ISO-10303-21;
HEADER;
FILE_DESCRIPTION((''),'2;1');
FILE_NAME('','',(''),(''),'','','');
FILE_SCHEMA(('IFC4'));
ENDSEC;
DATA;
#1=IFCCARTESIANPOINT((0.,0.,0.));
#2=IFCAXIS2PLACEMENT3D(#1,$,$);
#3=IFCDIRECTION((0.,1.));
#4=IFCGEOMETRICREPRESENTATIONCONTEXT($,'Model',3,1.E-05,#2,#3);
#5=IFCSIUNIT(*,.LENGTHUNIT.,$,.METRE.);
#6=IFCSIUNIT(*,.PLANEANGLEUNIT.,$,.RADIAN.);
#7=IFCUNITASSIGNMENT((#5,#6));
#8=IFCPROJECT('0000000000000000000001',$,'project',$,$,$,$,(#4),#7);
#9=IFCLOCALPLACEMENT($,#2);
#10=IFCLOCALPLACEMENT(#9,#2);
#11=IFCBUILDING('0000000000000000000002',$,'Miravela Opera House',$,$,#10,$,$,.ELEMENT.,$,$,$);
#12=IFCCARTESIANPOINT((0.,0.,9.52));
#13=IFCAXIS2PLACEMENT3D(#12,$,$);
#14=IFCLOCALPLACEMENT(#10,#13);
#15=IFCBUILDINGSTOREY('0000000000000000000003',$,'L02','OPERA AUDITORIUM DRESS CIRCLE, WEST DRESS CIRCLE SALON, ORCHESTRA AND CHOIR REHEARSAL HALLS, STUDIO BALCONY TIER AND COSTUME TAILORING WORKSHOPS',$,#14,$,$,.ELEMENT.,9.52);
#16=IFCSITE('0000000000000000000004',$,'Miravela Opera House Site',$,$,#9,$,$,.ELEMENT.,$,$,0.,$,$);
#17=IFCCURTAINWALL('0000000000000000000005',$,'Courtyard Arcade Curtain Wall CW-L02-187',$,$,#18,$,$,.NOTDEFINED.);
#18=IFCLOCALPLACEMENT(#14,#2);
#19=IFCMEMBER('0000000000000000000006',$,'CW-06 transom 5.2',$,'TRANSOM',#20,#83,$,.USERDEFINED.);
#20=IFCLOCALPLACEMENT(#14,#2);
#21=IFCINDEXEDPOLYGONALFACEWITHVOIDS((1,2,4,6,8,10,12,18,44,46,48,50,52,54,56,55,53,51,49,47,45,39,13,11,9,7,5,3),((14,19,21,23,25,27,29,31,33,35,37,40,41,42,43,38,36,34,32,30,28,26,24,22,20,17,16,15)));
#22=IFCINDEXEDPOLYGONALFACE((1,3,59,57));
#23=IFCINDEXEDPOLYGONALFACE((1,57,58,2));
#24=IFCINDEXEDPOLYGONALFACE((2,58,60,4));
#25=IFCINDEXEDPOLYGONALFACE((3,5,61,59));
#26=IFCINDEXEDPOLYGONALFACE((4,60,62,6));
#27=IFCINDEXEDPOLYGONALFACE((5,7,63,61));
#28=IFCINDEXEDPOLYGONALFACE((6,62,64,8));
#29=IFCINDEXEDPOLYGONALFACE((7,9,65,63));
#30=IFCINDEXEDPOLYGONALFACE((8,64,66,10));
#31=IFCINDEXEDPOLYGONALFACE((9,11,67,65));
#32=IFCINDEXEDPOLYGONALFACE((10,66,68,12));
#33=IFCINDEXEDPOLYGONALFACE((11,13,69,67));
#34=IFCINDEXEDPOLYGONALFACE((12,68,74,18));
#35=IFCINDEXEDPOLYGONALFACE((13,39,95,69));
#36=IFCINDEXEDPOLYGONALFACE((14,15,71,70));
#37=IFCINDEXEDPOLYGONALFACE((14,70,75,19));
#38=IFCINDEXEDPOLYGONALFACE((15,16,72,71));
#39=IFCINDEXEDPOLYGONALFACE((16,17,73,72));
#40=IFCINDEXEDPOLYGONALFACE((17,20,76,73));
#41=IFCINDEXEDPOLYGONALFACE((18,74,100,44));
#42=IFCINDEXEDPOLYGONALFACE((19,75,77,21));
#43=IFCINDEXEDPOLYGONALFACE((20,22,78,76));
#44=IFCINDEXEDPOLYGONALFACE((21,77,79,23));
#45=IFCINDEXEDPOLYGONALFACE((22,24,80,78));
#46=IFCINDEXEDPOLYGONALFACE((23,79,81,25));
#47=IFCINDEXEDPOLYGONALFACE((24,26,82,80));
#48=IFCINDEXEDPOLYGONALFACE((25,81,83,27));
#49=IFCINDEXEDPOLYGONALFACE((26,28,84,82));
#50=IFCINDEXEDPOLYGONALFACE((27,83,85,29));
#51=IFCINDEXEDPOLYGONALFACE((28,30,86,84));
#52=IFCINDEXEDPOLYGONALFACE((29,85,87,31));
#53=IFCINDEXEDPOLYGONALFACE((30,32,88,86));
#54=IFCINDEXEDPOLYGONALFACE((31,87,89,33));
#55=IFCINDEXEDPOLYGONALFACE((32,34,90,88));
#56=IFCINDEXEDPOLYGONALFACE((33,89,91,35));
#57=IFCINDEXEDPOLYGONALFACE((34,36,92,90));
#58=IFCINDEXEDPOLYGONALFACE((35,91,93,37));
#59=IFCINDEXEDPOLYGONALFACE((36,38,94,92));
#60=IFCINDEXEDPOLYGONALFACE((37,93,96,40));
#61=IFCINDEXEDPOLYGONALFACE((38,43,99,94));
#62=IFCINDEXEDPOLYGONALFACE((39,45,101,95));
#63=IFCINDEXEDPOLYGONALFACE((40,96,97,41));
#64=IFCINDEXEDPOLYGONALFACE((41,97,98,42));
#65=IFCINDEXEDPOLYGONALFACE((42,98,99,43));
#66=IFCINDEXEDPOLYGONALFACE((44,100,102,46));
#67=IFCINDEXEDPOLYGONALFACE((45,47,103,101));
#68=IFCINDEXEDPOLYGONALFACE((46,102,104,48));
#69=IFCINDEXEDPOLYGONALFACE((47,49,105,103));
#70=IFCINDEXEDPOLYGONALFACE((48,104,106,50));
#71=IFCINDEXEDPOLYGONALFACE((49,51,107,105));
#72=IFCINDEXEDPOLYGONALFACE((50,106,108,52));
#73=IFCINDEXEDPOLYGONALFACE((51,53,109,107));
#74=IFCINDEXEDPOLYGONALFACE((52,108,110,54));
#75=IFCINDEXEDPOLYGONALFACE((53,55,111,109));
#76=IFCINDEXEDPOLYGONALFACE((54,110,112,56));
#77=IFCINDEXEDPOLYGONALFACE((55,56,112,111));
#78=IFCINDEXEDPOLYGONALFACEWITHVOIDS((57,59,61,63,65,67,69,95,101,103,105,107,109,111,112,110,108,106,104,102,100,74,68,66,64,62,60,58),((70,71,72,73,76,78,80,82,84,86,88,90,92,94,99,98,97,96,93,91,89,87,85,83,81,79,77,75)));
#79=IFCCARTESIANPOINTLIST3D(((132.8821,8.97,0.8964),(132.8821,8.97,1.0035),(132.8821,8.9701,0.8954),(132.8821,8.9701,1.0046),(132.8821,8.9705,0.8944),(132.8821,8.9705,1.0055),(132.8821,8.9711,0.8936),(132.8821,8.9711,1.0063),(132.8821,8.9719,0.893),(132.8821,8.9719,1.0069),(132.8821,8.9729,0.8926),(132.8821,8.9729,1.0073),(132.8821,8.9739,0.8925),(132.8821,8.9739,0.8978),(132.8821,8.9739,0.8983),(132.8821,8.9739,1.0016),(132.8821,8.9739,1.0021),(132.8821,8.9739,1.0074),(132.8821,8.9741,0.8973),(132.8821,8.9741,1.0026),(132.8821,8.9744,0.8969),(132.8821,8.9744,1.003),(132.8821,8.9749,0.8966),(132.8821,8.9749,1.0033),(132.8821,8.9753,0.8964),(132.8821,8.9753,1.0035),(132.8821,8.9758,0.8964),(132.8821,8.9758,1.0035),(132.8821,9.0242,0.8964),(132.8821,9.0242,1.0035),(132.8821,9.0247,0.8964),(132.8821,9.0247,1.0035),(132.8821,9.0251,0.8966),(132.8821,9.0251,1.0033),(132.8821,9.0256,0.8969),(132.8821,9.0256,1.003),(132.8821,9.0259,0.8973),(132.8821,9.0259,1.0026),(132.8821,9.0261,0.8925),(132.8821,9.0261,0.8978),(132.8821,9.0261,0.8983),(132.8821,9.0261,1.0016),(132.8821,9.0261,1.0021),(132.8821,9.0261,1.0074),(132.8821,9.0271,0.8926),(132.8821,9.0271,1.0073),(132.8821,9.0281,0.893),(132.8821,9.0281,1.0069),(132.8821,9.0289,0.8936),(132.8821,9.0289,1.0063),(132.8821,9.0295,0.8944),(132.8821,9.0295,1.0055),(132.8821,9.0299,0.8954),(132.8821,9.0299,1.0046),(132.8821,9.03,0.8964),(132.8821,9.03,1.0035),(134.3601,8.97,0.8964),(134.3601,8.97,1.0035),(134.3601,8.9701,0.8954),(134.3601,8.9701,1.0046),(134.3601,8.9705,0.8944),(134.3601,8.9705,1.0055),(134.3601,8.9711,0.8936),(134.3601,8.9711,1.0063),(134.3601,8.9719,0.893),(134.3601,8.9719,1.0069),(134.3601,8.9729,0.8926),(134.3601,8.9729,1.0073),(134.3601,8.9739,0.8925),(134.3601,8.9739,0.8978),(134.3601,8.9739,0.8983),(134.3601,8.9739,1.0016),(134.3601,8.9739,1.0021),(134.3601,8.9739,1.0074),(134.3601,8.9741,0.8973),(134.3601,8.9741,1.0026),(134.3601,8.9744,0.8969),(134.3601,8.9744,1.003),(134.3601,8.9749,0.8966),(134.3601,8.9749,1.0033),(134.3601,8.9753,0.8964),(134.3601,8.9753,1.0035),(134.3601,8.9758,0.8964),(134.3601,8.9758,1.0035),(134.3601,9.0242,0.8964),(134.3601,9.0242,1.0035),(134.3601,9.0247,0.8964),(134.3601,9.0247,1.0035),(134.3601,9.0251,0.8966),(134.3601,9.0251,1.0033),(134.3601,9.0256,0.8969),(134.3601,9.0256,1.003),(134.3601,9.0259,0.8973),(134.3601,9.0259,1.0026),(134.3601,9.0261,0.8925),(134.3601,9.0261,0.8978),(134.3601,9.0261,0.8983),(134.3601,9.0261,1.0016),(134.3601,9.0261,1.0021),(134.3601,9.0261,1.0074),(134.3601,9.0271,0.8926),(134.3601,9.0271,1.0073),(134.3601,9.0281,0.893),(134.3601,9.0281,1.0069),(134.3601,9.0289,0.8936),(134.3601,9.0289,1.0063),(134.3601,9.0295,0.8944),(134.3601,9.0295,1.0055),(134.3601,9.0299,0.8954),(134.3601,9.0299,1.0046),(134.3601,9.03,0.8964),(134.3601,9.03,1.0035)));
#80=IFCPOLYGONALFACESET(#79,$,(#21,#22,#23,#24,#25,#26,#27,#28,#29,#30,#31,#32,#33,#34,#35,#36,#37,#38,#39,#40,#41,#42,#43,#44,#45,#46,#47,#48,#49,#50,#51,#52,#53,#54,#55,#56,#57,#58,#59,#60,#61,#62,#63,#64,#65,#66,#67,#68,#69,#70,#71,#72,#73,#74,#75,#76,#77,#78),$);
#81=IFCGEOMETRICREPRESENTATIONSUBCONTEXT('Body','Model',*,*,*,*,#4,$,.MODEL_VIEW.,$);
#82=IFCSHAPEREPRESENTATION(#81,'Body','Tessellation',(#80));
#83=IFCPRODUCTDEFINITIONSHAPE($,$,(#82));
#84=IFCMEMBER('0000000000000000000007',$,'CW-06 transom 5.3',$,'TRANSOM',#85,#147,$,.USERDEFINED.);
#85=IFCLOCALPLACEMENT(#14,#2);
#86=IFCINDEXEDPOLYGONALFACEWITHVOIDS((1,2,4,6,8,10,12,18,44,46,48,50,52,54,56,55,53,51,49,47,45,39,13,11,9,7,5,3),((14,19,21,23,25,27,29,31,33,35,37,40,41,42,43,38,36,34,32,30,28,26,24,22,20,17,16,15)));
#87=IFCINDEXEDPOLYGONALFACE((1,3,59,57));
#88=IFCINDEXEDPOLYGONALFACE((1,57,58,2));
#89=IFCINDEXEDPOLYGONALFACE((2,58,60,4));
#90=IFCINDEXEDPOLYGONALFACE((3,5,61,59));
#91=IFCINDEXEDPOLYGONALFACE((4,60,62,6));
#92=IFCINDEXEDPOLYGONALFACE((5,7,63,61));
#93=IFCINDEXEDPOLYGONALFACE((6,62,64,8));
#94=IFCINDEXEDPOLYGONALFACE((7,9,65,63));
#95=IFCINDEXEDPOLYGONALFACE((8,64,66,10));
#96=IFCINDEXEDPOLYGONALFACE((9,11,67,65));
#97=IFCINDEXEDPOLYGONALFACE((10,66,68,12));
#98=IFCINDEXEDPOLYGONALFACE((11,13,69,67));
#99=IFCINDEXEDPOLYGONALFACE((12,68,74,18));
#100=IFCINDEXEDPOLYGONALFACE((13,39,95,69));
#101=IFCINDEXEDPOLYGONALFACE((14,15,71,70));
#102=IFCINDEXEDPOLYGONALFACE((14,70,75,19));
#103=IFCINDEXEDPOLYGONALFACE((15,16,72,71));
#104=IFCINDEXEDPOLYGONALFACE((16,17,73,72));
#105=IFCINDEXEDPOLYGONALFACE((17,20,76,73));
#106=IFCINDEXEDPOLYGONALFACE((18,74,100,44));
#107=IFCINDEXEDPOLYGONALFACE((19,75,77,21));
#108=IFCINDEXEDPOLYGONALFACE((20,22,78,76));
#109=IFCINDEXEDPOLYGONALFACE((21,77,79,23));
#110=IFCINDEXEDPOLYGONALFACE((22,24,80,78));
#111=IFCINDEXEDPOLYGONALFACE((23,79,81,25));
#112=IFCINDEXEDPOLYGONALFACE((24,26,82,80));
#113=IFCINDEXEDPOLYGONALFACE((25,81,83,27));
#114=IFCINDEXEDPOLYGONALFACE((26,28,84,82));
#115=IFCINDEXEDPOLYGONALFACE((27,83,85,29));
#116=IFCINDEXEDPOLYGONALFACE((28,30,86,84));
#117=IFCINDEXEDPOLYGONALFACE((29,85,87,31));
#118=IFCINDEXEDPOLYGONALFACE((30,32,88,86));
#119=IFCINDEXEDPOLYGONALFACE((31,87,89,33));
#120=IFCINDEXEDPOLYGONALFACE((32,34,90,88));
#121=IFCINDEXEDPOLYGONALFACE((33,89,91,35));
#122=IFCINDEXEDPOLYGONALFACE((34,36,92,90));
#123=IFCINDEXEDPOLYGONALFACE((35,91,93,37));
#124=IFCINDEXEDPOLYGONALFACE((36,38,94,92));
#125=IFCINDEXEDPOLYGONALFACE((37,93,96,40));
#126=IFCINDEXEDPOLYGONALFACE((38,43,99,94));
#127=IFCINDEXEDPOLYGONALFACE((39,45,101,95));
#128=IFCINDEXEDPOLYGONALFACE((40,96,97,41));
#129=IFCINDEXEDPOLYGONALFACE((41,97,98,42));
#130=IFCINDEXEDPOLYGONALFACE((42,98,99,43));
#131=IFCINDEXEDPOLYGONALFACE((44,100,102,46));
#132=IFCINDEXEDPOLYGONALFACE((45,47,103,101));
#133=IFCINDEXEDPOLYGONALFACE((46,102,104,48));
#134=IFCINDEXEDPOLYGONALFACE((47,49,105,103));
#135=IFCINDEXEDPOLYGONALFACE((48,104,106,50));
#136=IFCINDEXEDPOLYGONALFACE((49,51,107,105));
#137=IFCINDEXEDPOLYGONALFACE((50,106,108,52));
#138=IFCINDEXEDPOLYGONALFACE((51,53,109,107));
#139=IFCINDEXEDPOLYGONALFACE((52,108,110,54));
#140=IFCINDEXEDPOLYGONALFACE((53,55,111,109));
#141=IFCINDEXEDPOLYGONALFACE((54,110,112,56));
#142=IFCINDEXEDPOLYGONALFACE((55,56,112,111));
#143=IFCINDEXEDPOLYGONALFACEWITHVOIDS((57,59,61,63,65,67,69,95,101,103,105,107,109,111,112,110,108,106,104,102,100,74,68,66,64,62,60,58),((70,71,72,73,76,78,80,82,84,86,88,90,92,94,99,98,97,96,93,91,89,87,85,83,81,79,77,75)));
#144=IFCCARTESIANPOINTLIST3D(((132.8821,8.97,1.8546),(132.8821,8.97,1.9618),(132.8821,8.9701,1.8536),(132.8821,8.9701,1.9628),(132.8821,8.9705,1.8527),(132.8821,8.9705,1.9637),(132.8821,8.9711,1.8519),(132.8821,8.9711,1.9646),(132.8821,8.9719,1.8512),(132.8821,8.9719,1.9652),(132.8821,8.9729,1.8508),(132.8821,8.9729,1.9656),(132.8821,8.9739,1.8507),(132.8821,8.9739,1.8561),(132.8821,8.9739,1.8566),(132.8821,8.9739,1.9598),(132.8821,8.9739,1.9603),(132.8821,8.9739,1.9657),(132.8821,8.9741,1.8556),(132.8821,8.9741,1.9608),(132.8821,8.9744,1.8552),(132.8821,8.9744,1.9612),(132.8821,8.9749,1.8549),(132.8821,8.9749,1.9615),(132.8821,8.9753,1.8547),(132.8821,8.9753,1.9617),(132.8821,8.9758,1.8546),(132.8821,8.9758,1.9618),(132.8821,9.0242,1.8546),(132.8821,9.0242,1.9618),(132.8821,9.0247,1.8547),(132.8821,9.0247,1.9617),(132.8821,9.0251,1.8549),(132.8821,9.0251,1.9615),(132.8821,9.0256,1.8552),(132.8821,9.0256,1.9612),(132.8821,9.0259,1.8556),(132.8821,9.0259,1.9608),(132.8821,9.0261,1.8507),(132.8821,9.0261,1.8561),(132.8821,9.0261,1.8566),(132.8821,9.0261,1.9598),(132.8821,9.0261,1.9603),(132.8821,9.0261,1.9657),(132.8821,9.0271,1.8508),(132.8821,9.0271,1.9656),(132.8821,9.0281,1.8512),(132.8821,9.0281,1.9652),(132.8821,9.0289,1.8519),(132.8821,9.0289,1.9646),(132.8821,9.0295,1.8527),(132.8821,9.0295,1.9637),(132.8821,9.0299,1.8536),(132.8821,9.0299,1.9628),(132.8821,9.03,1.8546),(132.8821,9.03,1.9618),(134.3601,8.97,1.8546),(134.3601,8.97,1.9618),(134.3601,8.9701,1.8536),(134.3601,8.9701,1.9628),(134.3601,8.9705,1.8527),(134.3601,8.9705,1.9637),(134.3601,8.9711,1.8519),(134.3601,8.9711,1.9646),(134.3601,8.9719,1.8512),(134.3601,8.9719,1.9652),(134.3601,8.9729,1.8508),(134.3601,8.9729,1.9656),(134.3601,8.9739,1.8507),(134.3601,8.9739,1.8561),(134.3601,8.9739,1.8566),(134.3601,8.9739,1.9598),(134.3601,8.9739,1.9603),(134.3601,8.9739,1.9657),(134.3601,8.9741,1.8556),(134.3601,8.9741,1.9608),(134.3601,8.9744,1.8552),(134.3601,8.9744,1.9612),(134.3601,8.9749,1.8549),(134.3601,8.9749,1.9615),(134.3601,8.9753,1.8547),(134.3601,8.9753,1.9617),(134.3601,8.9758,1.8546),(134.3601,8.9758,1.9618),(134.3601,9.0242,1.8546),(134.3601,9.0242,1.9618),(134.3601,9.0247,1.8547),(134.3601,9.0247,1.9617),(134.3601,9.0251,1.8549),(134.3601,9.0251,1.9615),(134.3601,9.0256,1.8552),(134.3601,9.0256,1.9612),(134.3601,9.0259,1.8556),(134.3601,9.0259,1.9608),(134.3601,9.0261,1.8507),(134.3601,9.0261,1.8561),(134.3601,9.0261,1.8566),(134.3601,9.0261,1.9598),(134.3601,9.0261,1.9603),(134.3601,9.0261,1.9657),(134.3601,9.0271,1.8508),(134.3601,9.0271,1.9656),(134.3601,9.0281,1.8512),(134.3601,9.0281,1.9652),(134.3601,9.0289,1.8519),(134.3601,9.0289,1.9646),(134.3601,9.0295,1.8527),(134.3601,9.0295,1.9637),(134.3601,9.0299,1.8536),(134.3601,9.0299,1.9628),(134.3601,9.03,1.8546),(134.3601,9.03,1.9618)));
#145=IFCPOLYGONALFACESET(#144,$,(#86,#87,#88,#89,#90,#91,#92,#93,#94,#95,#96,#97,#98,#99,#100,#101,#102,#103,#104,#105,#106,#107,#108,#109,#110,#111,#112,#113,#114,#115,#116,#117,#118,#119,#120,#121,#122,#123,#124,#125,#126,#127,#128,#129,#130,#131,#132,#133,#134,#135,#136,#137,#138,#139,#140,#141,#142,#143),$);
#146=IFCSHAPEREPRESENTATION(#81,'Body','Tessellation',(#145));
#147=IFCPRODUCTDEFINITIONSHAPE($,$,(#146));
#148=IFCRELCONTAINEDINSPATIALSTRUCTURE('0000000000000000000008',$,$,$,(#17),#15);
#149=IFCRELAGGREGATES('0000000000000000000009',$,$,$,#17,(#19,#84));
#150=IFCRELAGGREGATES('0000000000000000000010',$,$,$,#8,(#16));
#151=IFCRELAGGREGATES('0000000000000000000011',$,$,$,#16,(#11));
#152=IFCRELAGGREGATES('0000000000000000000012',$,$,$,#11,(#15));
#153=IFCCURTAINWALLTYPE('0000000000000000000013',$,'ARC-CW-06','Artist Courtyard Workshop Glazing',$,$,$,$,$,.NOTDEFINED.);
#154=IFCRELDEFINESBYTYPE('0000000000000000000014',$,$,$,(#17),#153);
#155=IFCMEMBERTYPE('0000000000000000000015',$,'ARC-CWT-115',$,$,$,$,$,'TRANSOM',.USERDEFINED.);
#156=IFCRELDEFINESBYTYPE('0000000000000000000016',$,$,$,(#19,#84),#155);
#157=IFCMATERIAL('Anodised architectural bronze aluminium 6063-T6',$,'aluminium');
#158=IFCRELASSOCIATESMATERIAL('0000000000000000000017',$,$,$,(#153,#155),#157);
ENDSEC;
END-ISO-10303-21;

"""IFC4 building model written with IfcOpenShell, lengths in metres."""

from ifc_helpers import new_model, si_unit, direction, frame, origin, origin_2d, place, context, subcontext, project, spatial, hollow_rectangle, extrude, material, material_profile, profile_set, type_object, element, aggregate, save


model = new_model("IFC4")

# Units and contexts
model_context = context("Model", 3, precision=1e-05, world=origin(), true_north=direction((0.0, 1.0)))
body_context = subcontext(model_context, "Body", "Model", "MODEL_VIEW")
ifc_project = project(units=[si_unit("LENGTHUNIT", "METRE"), si_unit("PLANEANGLEUNIT", "RADIAN")], contexts=[model_context])

# Site, building, storey
site_placement = place(None, origin())
site = spatial("IfcSite", under=ifc_project, at=site_placement, Name="Miravela Opera House Site", CompositionType="ELEMENT", RefElevation=0.0)
building_placement = place(site_placement, origin())
building = spatial("IfcBuilding", under=site, at=building_placement, Name="Miravela Opera House", CompositionType="ELEMENT")
storey_placement = place(building_placement, frame((0.0, 0.0, 9.52)))
storey = spatial("IfcBuildingStorey", under=building, at=storey_placement, Name="L02", Description="OPERA AUDITORIUM DRESS CIRCLE, WEST DRESS CIRCLE SALON, ORCHESTRA AND CHOIR REHEARSAL HALLS, STUDIO BALCONY TIER AND COSTUME TAILORING WORKSHOPS", CompositionType="ELEMENT", Elevation=9.52)

# Curtain wall
ifc_material_1 = material(Name="Anodised architectural bronze aluminium 6063-T6", Category="aluminium")
curtain_wall_type = type_object("IfcCurtainWallType", Name="ARC-CW-06", Description="Artist Courtyard Workshop Glazing", PredefinedType="NOTDEFINED", material=ifc_material_1)
curtain_wall_1_placement = place(storey_placement, origin())
curtain_wall_1 = element("IfcCurtainWall", 1, at=curtain_wall_1_placement, inside=storey, type_object=curtain_wall_type, Name="Courtyard Arcade Curtain Wall CW-L02-187", PredefinedType="NOTDEFINED")

# Members
ifc_material_profile_1 = material_profile(ifc_material_1, hollow_rectangle(XDim=0.0601, YDim=0.115, WallThickness=0.0039, InnerFilletRadius=0.002, OuterFilletRadius=0.0039, at=origin_2d()), Name="CWT-60X115")
ifc_profile_set_1 = profile_set([ifc_material_profile_1])
member_type_1 = type_object("IfcMemberType", Name="ARC-CWT-115", ElementType="TRANSOM", PredefinedType="USERDEFINED", material=ifc_profile_set_1)
member_1_placement = place(storey_placement, frame((132.8821, 9.0, 0.95), z_axis=(1.0, 0.0, 0.0), x_axis=(0.0, 1.0, 0.0)))
member_1 = element("IfcMember", 2, at=member_1_placement, type_object=member_type_1, Name="CW-06 transom 5.2", ObjectType="TRANSOM", PredefinedType="USERDEFINED", context=body_context, shape_type="SweptSolid", body=[
    extrude(hollow_rectangle(XDim=0.0601, YDim=0.115, WallThickness=0.0039, InnerFilletRadius=0.002, OuterFilletRadius=0.0039, at=origin_2d()), origin(), (0.0, 0.0, 1.0), 1.478),
])
member_2_placement = place(storey_placement, frame((132.8821, 9.0, 1.9082), z_axis=(1.0, 0.0, 0.0), x_axis=(0.0, 1.0, 0.0)))
member_2 = element("IfcMember", 3, at=member_2_placement, type_object=member_type_1, Name="CW-06 transom 5.3", ObjectType="TRANSOM", PredefinedType="USERDEFINED", context=body_context, shape_type="SweptSolid", body=[
    extrude(hollow_rectangle(XDim=0.0601, YDim=0.115, WallThickness=0.0039, InnerFilletRadius=0.002, OuterFilletRadius=0.0039, at=origin_2d()), origin(), (0.0, 0.0, 1.0), 1.478),
])

aggregate(curtain_wall_1, [member_1, member_2])

save(model, "model.ifc")
